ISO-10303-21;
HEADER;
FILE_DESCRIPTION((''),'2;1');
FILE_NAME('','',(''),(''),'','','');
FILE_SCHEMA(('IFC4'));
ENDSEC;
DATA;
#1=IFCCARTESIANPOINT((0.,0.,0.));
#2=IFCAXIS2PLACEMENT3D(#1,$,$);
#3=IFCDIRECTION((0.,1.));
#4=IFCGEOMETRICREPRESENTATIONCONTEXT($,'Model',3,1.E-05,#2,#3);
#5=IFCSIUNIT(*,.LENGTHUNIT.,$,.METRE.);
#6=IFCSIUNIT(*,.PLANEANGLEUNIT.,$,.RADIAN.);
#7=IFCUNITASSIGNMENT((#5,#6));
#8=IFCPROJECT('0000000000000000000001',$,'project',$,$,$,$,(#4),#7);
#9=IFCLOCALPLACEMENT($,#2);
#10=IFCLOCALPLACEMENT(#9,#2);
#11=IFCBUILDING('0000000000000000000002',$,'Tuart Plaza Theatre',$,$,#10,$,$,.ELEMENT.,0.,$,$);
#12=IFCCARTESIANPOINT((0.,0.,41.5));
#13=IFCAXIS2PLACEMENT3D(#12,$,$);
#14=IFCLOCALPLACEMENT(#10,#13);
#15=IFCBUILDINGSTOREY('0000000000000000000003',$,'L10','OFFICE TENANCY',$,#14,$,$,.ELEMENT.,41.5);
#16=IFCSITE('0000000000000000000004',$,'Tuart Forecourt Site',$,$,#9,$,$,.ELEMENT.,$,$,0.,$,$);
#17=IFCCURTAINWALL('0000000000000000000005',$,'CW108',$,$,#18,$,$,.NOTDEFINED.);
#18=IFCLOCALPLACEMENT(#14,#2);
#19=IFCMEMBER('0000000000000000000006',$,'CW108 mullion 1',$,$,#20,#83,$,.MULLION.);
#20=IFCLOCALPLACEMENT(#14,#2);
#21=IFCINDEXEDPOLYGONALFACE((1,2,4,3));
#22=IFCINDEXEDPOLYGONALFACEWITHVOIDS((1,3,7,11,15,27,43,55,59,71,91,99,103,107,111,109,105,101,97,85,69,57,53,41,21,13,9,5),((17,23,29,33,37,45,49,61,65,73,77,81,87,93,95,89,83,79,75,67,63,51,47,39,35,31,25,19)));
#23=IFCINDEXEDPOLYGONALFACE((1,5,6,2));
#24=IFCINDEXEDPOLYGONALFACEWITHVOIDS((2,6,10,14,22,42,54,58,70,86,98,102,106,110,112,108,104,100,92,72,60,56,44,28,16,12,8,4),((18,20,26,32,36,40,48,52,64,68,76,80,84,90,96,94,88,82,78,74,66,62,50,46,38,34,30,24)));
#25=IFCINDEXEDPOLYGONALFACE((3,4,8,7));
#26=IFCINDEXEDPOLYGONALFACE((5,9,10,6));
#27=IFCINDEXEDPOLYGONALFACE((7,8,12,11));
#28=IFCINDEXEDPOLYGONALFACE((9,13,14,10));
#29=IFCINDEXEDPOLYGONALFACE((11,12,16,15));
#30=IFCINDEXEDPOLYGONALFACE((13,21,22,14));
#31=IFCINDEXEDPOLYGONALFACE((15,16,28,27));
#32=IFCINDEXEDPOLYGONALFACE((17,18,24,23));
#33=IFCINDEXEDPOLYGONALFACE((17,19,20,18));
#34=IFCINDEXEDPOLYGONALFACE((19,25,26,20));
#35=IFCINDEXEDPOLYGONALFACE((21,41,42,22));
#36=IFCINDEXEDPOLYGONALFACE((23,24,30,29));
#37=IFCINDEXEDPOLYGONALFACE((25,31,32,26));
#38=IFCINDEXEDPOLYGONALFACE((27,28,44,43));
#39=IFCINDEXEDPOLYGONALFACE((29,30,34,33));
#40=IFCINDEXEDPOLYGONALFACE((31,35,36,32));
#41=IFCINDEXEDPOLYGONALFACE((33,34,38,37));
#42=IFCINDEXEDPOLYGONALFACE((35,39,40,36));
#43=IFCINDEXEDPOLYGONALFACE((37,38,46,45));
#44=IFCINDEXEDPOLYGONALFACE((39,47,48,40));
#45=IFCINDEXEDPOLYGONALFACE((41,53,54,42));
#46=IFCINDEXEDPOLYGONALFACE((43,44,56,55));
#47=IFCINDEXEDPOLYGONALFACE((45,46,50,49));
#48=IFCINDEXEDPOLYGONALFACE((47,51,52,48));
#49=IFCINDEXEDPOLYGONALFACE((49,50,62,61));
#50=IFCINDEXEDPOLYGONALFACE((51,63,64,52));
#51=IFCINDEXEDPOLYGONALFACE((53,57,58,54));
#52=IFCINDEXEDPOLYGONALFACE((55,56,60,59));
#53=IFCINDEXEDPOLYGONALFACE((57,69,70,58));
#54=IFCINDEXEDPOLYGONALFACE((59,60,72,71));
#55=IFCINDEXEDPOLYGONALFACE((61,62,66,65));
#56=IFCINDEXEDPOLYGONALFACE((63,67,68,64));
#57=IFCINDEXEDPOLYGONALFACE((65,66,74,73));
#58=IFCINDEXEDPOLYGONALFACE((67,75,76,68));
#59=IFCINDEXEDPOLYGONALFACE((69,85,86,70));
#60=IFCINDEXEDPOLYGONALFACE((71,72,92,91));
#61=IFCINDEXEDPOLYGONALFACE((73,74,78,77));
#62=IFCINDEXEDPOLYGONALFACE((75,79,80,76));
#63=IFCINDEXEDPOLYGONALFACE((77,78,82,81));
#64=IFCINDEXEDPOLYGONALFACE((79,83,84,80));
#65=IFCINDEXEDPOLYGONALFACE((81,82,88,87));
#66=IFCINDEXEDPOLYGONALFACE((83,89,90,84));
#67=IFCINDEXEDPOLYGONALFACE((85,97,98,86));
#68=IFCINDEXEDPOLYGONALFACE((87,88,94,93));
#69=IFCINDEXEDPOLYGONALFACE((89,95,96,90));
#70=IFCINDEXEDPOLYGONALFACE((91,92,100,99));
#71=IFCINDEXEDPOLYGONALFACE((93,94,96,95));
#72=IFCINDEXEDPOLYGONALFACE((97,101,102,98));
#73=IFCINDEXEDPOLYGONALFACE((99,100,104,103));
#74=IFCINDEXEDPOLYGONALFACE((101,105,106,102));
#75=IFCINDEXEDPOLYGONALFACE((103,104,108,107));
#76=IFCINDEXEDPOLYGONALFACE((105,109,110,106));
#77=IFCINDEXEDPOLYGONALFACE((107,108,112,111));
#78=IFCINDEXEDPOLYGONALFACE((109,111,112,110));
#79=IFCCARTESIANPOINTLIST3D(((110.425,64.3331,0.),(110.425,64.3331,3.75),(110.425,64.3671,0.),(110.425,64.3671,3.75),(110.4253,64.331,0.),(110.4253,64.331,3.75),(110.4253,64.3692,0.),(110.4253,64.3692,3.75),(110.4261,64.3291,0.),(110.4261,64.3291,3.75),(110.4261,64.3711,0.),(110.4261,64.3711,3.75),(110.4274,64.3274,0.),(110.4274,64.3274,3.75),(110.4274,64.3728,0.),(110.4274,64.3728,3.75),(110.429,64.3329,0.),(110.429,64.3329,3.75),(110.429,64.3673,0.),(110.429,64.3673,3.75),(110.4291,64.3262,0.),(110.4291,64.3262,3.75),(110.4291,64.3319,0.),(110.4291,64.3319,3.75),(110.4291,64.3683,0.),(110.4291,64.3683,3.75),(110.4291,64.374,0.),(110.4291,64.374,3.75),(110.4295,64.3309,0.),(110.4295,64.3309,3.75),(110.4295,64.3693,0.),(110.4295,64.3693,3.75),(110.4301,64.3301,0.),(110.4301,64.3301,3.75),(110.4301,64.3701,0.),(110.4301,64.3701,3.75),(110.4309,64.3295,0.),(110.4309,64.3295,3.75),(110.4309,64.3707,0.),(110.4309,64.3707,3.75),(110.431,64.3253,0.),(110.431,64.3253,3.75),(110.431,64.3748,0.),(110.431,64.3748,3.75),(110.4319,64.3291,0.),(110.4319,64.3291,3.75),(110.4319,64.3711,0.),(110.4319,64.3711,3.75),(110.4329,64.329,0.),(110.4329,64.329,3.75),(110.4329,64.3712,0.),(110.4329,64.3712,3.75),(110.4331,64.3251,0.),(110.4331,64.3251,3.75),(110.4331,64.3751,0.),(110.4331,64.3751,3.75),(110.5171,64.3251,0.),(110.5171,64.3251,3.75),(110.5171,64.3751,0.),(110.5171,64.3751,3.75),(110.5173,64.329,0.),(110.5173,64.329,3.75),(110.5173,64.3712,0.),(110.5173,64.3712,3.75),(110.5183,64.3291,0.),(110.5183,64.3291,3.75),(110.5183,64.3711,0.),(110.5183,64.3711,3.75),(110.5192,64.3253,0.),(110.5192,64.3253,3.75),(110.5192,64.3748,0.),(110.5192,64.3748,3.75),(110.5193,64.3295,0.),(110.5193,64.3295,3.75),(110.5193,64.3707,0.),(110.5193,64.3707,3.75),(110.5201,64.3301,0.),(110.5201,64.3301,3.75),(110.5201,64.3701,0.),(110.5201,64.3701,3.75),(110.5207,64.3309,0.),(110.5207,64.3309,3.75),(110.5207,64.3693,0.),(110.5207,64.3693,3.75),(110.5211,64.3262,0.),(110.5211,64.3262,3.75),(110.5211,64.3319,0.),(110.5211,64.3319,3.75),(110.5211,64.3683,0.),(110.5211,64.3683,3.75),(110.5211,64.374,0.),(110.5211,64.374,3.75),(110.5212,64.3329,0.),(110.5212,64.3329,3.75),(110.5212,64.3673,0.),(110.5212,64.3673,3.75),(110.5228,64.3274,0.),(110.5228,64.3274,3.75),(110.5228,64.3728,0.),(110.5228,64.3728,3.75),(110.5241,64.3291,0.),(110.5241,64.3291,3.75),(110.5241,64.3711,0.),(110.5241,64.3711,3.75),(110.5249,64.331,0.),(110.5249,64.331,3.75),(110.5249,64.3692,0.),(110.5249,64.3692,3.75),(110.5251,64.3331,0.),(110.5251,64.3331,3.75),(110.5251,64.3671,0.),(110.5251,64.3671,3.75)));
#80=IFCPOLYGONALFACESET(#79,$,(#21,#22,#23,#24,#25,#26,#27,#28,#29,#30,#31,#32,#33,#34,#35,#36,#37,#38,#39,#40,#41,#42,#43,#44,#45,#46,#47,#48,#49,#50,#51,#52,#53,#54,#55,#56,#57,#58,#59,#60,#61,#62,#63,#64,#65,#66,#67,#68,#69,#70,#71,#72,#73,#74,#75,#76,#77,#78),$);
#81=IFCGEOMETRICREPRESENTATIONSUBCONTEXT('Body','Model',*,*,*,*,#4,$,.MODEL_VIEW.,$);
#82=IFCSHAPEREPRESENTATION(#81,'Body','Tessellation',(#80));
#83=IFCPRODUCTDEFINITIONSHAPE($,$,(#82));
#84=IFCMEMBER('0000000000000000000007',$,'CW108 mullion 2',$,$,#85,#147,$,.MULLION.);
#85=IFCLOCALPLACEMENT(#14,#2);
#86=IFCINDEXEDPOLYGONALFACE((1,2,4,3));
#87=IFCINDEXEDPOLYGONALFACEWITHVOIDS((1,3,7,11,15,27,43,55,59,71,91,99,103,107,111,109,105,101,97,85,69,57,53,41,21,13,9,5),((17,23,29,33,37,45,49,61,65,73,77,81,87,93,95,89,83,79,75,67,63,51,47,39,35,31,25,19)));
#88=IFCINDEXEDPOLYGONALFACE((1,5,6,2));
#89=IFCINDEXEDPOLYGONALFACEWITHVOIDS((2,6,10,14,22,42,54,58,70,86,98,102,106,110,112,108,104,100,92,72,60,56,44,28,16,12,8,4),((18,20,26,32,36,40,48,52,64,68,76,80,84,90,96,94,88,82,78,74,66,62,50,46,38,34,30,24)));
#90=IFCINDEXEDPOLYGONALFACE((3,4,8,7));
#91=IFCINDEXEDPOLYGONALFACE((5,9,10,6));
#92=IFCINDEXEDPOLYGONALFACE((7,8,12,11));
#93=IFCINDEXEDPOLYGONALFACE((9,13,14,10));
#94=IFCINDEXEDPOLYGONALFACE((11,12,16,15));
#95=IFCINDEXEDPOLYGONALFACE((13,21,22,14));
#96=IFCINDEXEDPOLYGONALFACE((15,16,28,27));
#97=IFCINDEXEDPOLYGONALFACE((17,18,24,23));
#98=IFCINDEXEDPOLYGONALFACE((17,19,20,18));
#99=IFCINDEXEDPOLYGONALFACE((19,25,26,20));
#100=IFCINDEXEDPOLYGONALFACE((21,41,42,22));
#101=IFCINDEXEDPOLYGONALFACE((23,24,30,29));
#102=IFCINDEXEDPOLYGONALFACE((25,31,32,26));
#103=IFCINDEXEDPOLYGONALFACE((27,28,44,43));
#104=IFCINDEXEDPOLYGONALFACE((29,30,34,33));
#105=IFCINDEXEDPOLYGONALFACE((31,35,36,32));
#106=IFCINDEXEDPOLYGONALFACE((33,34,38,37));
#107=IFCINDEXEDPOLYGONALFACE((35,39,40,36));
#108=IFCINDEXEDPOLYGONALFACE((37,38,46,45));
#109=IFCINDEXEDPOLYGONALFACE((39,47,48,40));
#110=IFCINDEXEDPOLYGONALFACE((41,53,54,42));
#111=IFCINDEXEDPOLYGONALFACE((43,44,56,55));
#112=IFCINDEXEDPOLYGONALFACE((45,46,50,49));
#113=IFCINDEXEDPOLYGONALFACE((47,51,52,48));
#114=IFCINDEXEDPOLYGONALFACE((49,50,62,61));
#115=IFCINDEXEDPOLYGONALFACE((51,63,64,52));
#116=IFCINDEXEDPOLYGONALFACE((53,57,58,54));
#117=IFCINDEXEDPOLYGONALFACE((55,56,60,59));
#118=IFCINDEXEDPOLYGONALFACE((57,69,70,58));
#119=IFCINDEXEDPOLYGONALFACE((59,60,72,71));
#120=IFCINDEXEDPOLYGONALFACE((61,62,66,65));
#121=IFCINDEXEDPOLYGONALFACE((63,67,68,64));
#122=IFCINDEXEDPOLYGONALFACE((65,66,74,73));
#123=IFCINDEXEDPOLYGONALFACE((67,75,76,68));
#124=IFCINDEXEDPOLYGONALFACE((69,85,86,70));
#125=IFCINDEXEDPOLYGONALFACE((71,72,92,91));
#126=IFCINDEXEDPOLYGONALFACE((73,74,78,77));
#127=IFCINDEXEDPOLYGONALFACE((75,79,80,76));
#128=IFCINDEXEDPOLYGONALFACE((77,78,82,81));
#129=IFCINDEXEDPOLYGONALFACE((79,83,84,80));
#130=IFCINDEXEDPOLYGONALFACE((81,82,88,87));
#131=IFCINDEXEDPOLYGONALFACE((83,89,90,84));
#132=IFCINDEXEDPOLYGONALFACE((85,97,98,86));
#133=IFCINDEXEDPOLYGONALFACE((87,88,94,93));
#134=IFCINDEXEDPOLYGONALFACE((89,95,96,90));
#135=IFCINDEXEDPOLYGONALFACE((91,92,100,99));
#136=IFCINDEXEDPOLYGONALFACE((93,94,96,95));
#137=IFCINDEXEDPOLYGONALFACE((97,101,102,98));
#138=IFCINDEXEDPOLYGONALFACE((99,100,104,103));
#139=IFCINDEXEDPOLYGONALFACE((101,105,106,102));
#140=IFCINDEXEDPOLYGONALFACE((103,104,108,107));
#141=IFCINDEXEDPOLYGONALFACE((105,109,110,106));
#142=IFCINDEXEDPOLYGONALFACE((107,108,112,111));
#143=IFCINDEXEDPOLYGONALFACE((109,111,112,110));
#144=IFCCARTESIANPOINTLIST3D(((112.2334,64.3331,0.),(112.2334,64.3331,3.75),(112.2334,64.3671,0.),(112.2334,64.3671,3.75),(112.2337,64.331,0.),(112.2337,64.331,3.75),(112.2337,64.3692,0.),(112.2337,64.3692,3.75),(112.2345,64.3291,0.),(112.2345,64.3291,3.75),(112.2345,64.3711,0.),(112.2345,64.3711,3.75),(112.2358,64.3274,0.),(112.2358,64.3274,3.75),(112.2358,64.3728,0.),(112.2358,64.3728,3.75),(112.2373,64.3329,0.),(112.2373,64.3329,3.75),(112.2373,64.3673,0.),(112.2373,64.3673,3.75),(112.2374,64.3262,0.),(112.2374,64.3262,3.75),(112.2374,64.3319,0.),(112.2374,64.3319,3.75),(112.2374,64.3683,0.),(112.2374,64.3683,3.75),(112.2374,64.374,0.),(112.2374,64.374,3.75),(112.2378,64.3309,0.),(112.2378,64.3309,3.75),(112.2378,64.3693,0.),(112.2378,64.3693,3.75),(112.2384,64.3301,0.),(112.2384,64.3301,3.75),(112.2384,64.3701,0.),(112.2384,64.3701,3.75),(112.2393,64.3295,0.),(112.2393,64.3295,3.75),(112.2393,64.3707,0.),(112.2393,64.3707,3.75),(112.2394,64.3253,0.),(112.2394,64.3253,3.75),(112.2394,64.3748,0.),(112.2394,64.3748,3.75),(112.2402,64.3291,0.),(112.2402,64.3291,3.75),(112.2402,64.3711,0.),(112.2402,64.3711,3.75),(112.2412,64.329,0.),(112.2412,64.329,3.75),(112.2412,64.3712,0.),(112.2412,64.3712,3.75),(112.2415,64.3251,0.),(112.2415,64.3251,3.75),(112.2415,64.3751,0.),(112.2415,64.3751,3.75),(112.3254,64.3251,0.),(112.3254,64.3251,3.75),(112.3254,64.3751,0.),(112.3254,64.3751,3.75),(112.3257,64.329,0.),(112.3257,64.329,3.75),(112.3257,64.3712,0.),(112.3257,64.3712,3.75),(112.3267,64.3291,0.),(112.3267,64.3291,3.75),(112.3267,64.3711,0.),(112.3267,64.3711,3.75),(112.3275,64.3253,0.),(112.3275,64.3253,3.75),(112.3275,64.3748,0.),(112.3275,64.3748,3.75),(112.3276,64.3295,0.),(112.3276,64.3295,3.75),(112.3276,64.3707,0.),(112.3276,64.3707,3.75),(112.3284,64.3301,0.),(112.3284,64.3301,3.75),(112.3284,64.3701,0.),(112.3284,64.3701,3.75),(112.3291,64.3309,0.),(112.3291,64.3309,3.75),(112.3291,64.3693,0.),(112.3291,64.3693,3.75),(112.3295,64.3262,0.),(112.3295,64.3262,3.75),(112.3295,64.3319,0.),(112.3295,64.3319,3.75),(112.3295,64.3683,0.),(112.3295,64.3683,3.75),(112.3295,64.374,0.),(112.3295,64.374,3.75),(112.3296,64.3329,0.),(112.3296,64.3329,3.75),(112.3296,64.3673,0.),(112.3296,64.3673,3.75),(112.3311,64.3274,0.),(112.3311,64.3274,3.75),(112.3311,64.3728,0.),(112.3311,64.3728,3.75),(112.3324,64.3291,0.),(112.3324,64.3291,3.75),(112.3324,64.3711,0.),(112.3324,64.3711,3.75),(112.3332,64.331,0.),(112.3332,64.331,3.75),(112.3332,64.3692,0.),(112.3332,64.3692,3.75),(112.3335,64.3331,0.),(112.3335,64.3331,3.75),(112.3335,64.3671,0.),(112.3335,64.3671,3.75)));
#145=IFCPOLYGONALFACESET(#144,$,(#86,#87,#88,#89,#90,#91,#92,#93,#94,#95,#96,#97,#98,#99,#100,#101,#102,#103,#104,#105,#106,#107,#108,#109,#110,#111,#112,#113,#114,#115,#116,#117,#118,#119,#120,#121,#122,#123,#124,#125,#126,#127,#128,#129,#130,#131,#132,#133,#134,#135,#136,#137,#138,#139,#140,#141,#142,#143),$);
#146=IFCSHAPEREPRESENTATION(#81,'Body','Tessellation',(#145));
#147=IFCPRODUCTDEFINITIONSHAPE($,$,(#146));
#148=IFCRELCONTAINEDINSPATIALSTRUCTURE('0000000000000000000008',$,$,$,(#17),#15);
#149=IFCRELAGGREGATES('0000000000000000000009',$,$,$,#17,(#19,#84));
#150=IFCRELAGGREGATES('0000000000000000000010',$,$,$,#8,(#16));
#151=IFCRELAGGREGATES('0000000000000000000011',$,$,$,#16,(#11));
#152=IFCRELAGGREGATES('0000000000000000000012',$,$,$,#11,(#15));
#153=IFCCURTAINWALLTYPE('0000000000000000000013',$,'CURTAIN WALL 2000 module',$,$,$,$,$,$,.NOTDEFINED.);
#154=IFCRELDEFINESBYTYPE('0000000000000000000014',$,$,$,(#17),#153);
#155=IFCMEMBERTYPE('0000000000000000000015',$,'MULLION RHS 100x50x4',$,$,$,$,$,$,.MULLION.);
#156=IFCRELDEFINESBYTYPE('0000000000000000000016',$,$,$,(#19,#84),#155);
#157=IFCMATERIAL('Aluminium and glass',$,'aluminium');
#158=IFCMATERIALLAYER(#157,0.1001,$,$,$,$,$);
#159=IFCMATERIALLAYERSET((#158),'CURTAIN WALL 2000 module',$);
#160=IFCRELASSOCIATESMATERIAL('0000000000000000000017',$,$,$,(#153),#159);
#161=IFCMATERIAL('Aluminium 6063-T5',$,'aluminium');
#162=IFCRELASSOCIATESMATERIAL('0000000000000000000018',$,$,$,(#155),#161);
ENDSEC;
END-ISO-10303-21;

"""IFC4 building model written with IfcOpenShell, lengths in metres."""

from ifc_helpers import new_model, si_unit, direction, frame, origin, origin_2d, place, context, subcontext, project, spatial, hollow_rectangle, extrude, material, layer, layer_set, material_profile, profile_set, type_object, element, aggregate, save


model = new_model("IFC4")

# Units and contexts
model_context = context("Model", 3, precision=1e-05, world=origin(), true_north=direction((0.0, 1.0)))
body_context = subcontext(model_context, "Body", "Model", "MODEL_VIEW")
ifc_project = project(units=[si_unit("LENGTHUNIT", "METRE"), si_unit("PLANEANGLEUNIT", "RADIAN")], contexts=[model_context])

# Site, building, storey
site_placement = place(None, origin())
site = spatial("IfcSite", under=ifc_project, at=site_placement, Name="Tuart Forecourt Site", CompositionType="ELEMENT", RefElevation=0.0)
building_placement = place(site_placement, origin())
building = spatial("IfcBuilding", under=site, at=building_placement, Name="Tuart Plaza Theatre", CompositionType="ELEMENT", ElevationOfRefHeight=0.0)
storey_placement = place(building_placement, frame((0.0, 0.0, 41.5)))
storey = spatial("IfcBuildingStorey", under=building, at=storey_placement, Name="L10", Description="OFFICE TENANCY", CompositionType="ELEMENT", Elevation=41.5)

# Curtain wall, members
ifc_material_1 = material(Name="Aluminium and glass", Category="aluminium")
ifc_layer_1 = layer(ifc_material_1, 0.1001)
ifc_layer_set_1 = layer_set([ifc_layer_1], Name="CURTAIN WALL 2000 module")
curtain_wall_type = type_object("IfcCurtainWallType", Name="CURTAIN WALL 2000 module", PredefinedType="NOTDEFINED", material=ifc_layer_set_1)
curtain_wall_placement = place(storey_placement, origin())
curtain_wall = element("IfcCurtainWall", 1, at=curtain_wall_placement, inside=storey, type_object=curtain_wall_type, Name="CW108", PredefinedType="NOTDEFINED")
ifc_material_2 = material(Name="Aluminium 6063-T5", Category="aluminium")
ifc_material_profile_1 = material_profile(ifc_material_2, hollow_rectangle(XDim=0.05, YDim=0.1001, WallThickness=0.0039, InnerFilletRadius=0.0039, OuterFilletRadius=0.0081, at=origin_2d()), Name="RHS 100x50x4")
ifc_profile_set_1 = profile_set([ifc_material_profile_1], Name="Aluminium 6063-T5")
member_type_1 = type_object("IfcMemberType", Name="MULLION RHS 100x50x4", PredefinedType="MULLION", material=ifc_profile_set_1)
member_1_placement = place(storey_placement, frame((110.4751, 64.3501, 0.0), z_axis=(0.0, 0.0, 1.0), x_axis=(0.0, 1.0, 0.0)))
member_1 = element("IfcMember", 2, at=member_1_placement, type_object=member_type_1, Name="CW108 mullion 1", PredefinedType="MULLION", context=body_context, shape_type="SweptSolid", body=[
    extrude(hollow_rectangle(XDim=0.05, YDim=0.1001, WallThickness=0.0039, InnerFilletRadius=0.0039, OuterFilletRadius=0.0081, at=origin_2d()), origin(), (0.0, 0.0, 1.0), 3.75),
])
member_2_placement = place(storey_placement, frame((112.2834, 64.3501, 0.0), z_axis=(0.0, 0.0, 1.0), x_axis=(0.0, 1.0, 0.0)))
member_2 = element("IfcMember", 3, at=member_2_placement, type_object=member_type_1, Name="CW108 mullion 2", PredefinedType="MULLION", context=body_context, shape_type="SweptSolid", body=[
    extrude(hollow_rectangle(XDim=0.05, YDim=0.1001, WallThickness=0.0039, InnerFilletRadius=0.0039, OuterFilletRadius=0.0081, at=origin_2d()), origin(), (0.0, 0.0, 1.0), 3.75),
])
aggregate(curtain_wall, [member_1, member_2])

save(model, "model.ifc")
